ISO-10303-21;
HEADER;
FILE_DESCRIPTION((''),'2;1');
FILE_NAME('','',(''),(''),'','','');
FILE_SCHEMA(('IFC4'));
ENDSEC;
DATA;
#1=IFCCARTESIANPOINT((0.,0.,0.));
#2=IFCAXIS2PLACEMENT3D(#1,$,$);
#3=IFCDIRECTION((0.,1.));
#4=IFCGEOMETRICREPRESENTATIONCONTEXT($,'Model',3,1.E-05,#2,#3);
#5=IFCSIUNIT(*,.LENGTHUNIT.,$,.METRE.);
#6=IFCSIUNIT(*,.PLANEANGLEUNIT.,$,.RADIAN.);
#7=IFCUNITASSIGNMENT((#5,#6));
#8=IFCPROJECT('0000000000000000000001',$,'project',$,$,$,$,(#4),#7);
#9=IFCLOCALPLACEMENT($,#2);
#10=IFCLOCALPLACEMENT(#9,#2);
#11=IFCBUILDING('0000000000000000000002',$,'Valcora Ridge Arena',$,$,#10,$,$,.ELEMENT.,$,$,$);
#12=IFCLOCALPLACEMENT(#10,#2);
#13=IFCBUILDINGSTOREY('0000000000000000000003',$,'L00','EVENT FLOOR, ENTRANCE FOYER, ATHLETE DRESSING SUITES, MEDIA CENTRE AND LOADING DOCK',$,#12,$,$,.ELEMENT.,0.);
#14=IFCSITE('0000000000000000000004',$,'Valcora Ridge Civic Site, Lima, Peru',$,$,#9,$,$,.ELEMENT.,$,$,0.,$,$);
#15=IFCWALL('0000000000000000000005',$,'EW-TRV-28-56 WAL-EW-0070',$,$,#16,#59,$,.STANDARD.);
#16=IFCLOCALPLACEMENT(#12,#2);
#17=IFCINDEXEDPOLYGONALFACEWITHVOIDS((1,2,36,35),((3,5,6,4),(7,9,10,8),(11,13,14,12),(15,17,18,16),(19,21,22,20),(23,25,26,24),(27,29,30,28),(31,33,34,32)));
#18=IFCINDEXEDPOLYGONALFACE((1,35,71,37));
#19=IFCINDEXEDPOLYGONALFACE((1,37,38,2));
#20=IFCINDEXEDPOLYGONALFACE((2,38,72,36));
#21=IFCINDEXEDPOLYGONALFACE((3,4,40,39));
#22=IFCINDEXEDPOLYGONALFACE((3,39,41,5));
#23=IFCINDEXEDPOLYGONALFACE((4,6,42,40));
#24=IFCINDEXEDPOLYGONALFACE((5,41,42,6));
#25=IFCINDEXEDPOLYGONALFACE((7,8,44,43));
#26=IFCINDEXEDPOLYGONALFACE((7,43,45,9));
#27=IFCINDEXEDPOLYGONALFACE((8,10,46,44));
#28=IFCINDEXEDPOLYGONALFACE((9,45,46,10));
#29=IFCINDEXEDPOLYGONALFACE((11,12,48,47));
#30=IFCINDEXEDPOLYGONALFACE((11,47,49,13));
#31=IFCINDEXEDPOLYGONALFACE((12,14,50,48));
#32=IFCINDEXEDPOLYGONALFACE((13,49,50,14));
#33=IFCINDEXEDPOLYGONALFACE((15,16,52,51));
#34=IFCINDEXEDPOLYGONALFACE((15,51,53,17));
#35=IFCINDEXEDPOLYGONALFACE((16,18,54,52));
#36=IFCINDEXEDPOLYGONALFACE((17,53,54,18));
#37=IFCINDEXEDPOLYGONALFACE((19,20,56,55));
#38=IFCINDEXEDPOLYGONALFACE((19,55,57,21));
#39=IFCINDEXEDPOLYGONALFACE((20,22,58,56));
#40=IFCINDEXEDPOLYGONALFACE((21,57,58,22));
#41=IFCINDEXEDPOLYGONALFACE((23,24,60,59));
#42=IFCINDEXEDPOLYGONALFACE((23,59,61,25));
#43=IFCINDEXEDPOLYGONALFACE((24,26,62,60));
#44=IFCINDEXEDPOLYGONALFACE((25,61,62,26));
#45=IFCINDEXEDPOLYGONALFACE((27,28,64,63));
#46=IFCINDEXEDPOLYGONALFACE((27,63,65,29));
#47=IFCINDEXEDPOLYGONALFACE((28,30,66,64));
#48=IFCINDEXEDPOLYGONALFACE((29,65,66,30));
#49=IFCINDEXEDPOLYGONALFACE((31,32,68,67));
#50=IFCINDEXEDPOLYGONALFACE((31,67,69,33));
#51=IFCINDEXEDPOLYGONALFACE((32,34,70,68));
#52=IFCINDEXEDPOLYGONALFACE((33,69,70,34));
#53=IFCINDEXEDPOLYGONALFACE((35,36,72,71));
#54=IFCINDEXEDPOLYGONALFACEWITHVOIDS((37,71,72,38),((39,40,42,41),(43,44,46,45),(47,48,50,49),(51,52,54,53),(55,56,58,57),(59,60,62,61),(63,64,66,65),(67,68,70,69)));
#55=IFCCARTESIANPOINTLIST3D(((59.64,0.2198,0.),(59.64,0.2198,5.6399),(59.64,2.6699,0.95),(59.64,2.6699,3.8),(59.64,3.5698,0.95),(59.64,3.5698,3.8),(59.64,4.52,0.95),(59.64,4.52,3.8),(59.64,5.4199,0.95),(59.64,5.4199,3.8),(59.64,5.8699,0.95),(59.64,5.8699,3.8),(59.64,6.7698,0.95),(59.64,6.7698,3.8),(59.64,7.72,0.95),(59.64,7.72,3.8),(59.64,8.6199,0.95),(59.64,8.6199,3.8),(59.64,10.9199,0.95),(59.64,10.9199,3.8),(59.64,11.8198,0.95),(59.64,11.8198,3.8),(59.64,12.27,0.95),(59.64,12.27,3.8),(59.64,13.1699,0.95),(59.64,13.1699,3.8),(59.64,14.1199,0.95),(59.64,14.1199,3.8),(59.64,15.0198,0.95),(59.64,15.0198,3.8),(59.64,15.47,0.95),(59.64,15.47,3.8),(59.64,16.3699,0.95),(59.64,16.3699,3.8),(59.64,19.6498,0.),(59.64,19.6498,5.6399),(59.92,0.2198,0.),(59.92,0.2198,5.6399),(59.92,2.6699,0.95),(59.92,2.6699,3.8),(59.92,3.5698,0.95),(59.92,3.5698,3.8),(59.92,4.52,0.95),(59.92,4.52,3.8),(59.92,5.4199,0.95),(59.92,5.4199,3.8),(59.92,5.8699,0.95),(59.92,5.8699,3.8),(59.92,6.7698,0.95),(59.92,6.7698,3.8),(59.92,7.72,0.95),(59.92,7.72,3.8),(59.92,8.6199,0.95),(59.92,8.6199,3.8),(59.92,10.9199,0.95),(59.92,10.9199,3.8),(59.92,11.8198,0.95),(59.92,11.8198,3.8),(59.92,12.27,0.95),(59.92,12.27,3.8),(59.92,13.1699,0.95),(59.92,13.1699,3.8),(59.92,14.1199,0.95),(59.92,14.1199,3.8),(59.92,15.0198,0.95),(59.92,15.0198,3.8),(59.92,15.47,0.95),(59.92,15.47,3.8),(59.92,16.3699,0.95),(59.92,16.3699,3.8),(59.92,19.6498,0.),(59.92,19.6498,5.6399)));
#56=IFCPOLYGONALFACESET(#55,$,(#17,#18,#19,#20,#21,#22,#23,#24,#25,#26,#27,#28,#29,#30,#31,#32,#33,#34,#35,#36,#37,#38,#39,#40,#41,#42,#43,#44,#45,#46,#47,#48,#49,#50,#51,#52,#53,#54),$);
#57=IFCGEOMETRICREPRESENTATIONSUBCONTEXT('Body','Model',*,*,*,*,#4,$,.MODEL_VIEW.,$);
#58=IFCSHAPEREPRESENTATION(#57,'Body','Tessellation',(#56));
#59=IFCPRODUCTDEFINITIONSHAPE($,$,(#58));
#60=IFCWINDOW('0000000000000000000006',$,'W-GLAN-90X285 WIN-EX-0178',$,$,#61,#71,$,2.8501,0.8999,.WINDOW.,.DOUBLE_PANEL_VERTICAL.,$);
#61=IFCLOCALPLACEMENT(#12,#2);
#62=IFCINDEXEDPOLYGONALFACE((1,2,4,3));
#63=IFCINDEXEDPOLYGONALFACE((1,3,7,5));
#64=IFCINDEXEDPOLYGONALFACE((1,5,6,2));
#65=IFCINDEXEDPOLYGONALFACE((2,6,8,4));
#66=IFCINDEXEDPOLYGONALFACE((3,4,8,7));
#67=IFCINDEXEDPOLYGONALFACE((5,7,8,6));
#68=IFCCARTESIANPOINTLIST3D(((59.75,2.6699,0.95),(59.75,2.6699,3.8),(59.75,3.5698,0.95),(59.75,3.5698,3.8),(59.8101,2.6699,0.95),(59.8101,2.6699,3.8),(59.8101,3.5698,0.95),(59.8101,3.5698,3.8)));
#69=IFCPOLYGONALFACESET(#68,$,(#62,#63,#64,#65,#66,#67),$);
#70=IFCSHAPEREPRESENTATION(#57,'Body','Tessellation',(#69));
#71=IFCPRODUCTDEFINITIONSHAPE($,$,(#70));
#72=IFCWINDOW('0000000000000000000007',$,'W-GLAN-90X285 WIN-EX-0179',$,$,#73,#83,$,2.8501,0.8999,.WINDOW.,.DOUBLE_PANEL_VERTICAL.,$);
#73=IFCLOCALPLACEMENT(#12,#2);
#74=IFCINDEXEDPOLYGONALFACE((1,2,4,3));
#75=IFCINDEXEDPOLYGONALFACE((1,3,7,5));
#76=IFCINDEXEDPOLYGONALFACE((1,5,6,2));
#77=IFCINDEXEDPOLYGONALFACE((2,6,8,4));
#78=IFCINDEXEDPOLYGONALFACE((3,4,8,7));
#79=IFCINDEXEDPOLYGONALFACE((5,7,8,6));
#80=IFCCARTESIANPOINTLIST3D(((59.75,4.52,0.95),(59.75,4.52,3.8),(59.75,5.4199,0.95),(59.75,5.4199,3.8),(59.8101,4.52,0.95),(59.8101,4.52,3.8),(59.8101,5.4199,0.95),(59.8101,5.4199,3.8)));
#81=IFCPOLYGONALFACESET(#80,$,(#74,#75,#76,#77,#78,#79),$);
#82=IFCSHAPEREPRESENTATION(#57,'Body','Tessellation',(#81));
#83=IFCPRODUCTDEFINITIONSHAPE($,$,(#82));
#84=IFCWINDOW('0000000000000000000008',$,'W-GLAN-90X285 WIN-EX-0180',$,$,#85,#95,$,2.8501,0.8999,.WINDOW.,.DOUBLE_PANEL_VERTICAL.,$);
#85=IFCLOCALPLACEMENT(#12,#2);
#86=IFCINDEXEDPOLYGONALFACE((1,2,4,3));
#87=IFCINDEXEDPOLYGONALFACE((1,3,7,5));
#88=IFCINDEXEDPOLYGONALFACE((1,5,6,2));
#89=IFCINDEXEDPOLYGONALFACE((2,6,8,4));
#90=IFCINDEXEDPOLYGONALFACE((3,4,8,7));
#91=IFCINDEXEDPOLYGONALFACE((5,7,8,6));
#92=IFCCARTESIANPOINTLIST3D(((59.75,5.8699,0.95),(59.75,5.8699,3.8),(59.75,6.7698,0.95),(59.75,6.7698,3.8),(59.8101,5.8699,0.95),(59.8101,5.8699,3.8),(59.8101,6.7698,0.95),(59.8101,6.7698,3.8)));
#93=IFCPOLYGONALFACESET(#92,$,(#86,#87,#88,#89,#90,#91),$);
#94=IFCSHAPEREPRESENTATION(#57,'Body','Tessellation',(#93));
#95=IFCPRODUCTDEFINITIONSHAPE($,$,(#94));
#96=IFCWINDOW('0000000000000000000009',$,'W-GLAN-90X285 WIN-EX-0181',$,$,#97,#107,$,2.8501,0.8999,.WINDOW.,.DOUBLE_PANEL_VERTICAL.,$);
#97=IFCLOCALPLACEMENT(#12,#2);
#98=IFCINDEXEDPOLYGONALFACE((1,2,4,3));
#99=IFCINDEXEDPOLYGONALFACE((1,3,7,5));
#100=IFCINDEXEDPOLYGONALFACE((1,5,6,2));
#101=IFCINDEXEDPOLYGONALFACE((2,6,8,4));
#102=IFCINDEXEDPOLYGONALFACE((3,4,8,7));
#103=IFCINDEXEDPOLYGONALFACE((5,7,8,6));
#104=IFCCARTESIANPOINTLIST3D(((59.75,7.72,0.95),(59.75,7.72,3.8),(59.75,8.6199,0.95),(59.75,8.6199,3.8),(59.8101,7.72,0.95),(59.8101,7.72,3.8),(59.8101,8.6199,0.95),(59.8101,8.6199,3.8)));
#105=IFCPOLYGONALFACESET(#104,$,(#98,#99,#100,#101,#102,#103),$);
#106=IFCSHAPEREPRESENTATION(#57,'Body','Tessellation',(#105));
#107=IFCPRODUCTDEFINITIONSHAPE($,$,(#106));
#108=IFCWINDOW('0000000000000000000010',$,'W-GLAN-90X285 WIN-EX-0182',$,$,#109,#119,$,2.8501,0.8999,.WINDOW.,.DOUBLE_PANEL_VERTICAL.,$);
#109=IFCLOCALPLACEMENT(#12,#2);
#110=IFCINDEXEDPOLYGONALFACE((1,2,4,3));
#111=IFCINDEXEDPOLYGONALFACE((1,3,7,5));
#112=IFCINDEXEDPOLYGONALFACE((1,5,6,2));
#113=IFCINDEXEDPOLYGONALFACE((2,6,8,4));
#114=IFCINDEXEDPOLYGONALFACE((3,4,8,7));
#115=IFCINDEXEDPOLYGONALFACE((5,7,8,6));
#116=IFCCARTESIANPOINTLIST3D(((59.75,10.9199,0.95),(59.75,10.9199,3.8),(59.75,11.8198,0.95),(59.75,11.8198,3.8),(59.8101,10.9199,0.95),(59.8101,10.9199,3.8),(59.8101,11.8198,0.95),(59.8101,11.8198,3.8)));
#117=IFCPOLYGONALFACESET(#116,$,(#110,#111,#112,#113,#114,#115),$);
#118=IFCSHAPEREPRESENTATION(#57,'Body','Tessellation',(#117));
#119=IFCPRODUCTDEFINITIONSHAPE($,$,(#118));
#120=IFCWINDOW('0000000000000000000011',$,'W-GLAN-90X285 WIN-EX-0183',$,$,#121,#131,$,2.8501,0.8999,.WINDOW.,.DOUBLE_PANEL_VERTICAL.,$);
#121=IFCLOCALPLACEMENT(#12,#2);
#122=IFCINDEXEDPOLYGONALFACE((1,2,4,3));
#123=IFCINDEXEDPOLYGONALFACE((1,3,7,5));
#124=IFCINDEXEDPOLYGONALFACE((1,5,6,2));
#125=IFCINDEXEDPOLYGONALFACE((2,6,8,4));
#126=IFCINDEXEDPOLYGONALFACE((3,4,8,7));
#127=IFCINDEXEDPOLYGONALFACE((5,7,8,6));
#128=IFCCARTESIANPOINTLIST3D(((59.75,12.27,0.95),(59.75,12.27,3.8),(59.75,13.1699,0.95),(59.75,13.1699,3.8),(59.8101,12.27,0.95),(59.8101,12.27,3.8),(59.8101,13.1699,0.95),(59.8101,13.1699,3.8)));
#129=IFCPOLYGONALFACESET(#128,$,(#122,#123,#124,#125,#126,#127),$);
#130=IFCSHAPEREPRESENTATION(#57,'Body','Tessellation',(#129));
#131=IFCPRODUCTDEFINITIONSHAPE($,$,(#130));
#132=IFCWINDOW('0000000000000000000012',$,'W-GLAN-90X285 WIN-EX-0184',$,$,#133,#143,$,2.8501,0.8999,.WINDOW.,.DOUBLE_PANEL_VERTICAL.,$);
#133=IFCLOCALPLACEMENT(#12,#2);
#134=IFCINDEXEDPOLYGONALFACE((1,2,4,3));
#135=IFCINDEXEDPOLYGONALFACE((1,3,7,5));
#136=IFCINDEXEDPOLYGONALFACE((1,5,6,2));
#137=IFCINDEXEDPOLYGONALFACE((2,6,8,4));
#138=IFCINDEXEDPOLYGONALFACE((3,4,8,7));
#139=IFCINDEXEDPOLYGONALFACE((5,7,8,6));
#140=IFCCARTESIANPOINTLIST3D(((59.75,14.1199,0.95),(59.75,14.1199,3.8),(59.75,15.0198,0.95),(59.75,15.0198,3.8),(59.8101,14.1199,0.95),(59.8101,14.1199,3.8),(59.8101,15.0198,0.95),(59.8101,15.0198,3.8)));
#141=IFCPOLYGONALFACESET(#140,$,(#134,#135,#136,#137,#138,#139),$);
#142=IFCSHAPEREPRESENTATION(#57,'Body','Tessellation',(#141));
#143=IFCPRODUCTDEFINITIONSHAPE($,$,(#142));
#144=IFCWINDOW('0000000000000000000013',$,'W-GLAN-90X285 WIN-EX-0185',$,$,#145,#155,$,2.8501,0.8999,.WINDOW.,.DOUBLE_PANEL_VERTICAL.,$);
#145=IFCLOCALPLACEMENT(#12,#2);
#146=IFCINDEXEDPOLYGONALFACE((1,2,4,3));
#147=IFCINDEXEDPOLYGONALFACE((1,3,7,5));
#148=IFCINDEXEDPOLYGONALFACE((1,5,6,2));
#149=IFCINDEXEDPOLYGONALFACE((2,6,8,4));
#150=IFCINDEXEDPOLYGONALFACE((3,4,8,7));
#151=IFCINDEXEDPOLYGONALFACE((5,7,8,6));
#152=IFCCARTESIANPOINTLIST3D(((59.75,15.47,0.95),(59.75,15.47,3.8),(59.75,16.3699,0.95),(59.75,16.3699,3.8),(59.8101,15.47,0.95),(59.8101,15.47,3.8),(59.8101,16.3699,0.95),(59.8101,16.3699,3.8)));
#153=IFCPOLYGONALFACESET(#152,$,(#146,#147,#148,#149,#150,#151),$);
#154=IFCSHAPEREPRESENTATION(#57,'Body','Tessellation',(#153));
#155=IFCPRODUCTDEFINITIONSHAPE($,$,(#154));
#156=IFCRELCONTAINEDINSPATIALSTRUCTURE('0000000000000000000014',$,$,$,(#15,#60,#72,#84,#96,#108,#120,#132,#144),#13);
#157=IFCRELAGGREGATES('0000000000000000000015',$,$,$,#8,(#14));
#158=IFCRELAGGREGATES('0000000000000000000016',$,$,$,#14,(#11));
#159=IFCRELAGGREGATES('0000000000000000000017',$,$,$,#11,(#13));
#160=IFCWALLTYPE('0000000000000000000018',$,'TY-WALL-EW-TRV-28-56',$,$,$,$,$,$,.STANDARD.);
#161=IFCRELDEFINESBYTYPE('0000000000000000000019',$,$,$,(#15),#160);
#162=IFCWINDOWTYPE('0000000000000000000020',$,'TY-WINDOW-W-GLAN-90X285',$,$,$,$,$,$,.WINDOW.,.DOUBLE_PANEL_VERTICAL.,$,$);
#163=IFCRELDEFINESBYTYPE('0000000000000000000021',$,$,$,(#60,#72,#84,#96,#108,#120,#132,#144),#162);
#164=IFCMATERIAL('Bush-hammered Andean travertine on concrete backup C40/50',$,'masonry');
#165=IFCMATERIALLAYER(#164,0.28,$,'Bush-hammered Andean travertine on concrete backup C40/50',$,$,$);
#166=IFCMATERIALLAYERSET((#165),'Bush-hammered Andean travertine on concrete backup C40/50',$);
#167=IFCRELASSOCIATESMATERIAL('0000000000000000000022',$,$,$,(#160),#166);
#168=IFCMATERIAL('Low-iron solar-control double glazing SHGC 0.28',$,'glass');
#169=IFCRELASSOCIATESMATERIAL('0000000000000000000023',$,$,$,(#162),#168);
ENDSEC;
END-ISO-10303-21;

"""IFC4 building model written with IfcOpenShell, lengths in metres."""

from ifc_helpers import new_model, si_unit, direction, frame, frame_2d, origin, place, context, subcontext, project, spatial, rectangle, extrude, material, layer, layer_set, type_object, element, fill, save


model = new_model("IFC4")

# Units and contexts
model_context = context("Model", 3, precision=1e-05, world=origin(), true_north=direction((0.0, 1.0)))
body_context = subcontext(model_context, "Body", "Model", "MODEL_VIEW")
ifc_project = project(units=[si_unit("LENGTHUNIT", "METRE"), si_unit("PLANEANGLEUNIT", "RADIAN")], contexts=[model_context])

# Site, building, storey
site_placement = place(None, origin())
site = spatial("IfcSite", under=ifc_project, at=site_placement, Name="Valcora Ridge Civic Site, Lima, Peru", CompositionType="ELEMENT", RefElevation=0.0)
building_placement = place(site_placement, origin())
building = spatial("IfcBuilding", under=site, at=building_placement, Name="Valcora Ridge Arena", CompositionType="ELEMENT")
storey_placement = place(building_placement, origin())
storey = spatial("IfcBuildingStorey", under=building, at=storey_placement, Name="L00", Description="EVENT FLOOR, ENTRANCE FOYER, ATHLETE DRESSING SUITES, MEDIA CENTRE AND LOADING DOCK", CompositionType="ELEMENT", Elevation=0.0)

# Wall, openings, windows
ifc_material_1 = material(Name="Bush-hammered Andean travertine on concrete backup C40/50", Category="masonry")
ifc_layer_1 = layer(ifc_material_1, 0.28, Name="Bush-hammered Andean travertine on concrete backup C40/50")
ifc_layer_set_1 = layer_set([ifc_layer_1], Name="Bush-hammered Andean travertine on concrete backup C40/50")
wall_type_1 = type_object("IfcWallType", Name="TY-WALL-EW-TRV-28-56", PredefinedType="STANDARD", material=ifc_layer_set_1)
wall_1_placement = place(storey_placement, frame((59.78, 0.22, 0.0), z_axis=(0.0, 0.0, 1.0), x_axis=(0.0, 1.0, 0.0)))
wall_1 = element("IfcWall", 1, at=wall_1_placement, inside=storey, type_object=wall_type_1, Name="EW-TRV-28-56 WAL-EW-0070", PredefinedType="STANDARD", context=body_context, shape_type="SweptSolid", body=[
    extrude(rectangle(XDim=19.4299, YDim=0.28, at=frame_2d((9.7148, 0.0))), origin(), (0.0, 0.0, 1.0), 5.6399),
])
opening_1_placement = place(wall_1_placement, frame((2.45, 0.0, 0.95)))
opening_1 = element("IfcOpeningElement", 2, at=opening_1_placement, cuts=wall_1, PredefinedType="OPENING", context=body_context, shape_type="SweptSolid", body=[
    extrude(rectangle(XDim=0.8999, YDim=2.8501, at=frame_2d((0.45, 1.425))), frame((0.0, 0.1499, 0.0), z_axis=(0.0, -1.0, 0.0), x_axis=(1.0, 0.0, 0.0)), (0.0, 0.0, 1.0), 0.3),
])
opening_2_placement = place(wall_1_placement, frame((4.3, 0.0, 0.95)))
opening_2 = element("IfcOpeningElement", 3, at=opening_2_placement, cuts=wall_1, PredefinedType="OPENING", context=body_context, shape_type="SweptSolid", body=[
    extrude(rectangle(XDim=0.8999, YDim=2.8501, at=frame_2d((0.45, 1.425))), frame((0.0, 0.1499, 0.0), z_axis=(0.0, -1.0, 0.0), x_axis=(1.0, 0.0, 0.0)), (0.0, 0.0, 1.0), 0.3),
])
opening_3_placement = place(wall_1_placement, frame((5.6499, 0.0, 0.95)))
opening_3 = element("IfcOpeningElement", 4, at=opening_3_placement, cuts=wall_1, PredefinedType="OPENING", context=body_context, shape_type="SweptSolid", body=[
    extrude(rectangle(XDim=0.8999, YDim=2.8501, at=frame_2d((0.45, 1.425))), frame((0.0, 0.1499, 0.0), z_axis=(0.0, -1.0, 0.0), x_axis=(1.0, 0.0, 0.0)), (0.0, 0.0, 1.0), 0.3),
])
opening_4_placement = place(wall_1_placement, frame((7.5, 0.0, 0.95)))
opening_4 = element("IfcOpeningElement", 5, at=opening_4_placement, cuts=wall_1, PredefinedType="OPENING", context=body_context, shape_type="SweptSolid", body=[
    extrude(rectangle(XDim=0.8999, YDim=2.8501, at=frame_2d((0.45, 1.425))), frame((0.0, 0.1499, 0.0), z_axis=(0.0, -1.0, 0.0), x_axis=(1.0, 0.0, 0.0)), (0.0, 0.0, 1.0), 0.3),
])
opening_5_placement = place(wall_1_placement, frame((10.7, 0.0, 0.95)))
opening_5 = element("IfcOpeningElement", 6, at=opening_5_placement, cuts=wall_1, PredefinedType="OPENING", context=body_context, shape_type="SweptSolid", body=[
    extrude(rectangle(XDim=0.8999, YDim=2.8501, at=frame_2d((0.45, 1.425))), frame((0.0, 0.1499, 0.0), z_axis=(0.0, -1.0, 0.0), x_axis=(1.0, 0.0, 0.0)), (0.0, 0.0, 1.0), 0.3),
])
opening_6_placement = place(wall_1_placement, frame((12.05, 0.0, 0.95)))
opening_6 = element("IfcOpeningElement", 7, at=opening_6_placement, cuts=wall_1, PredefinedType="OPENING", context=body_context, shape_type="SweptSolid", body=[
    extrude(rectangle(XDim=0.8999, YDim=2.8501, at=frame_2d((0.45, 1.425))), frame((0.0, 0.1499, 0.0), z_axis=(0.0, -1.0, 0.0), x_axis=(1.0, 0.0, 0.0)), (0.0, 0.0, 1.0), 0.3),
])
opening_7_placement = place(wall_1_placement, frame((13.8999, 0.0, 0.95)))
opening_7 = element("IfcOpeningElement", 8, at=opening_7_placement, cuts=wall_1, PredefinedType="OPENING", context=body_context, shape_type="SweptSolid", body=[
    extrude(rectangle(XDim=0.8999, YDim=2.8501, at=frame_2d((0.45, 1.425))), frame((0.0, 0.1499, 0.0), z_axis=(0.0, -1.0, 0.0), x_axis=(1.0, 0.0, 0.0)), (0.0, 0.0, 1.0), 0.3),
])
opening_8_placement = place(wall_1_placement, frame((15.25, 0.0, 0.95)))
opening_8 = element("IfcOpeningElement", 9, at=opening_8_placement, cuts=wall_1, PredefinedType="OPENING", context=body_context, shape_type="SweptSolid", body=[
    extrude(rectangle(XDim=0.8999, YDim=2.8501, at=frame_2d((0.45, 1.425))), frame((0.0, 0.1499, 0.0), z_axis=(0.0, -1.0, 0.0), x_axis=(1.0, 0.0, 0.0)), (0.0, 0.0, 1.0), 0.3),
])
ifc_material_2 = material(Name="Low-iron solar-control double glazing SHGC 0.28", Category="glass")
window_type = type_object("IfcWindowType", Name="TY-WINDOW-W-GLAN-90X285", PartitioningType="DOUBLE_PANEL_VERTICAL", PredefinedType="WINDOW", material=ifc_material_2)
window_1_placement = place(opening_1_placement, origin())
window_1 = element("IfcWindow", 10, at=window_1_placement, inside=storey, type_object=window_type, Name="W-GLAN-90X285 WIN-EX-0178", OverallHeight=2.8501, OverallWidth=0.8999, PartitioningType="DOUBLE_PANEL_VERTICAL", PredefinedType="WINDOW", context=body_context, shape_type="SweptSolid", body=[
    extrude(rectangle(XDim=0.8999, YDim=2.8501, at=frame_2d((0.45, 1.425))), frame((0.0, 0.03, 0.0), z_axis=(0.0, -1.0, 0.0), x_axis=(1.0, 0.0, 0.0)), (0.0, 0.0, 1.0), 0.0601),
])
fill(opening_1, window_1)
window_2_placement = place(opening_2_placement, origin())
window_2 = element("IfcWindow", 11, at=window_2_placement, inside=storey, type_object=window_type, Name="W-GLAN-90X285 WIN-EX-0179", OverallHeight=2.8501, OverallWidth=0.8999, PartitioningType="DOUBLE_PANEL_VERTICAL", PredefinedType="WINDOW", context=body_context, shape_type="SweptSolid", body=[
    extrude(rectangle(XDim=0.8999, YDim=2.8501, at=frame_2d((0.45, 1.425))), frame((0.0, 0.03, 0.0), z_axis=(0.0, -1.0, 0.0), x_axis=(1.0, 0.0, 0.0)), (0.0, 0.0, 1.0), 0.0601),
])
fill(opening_2, window_2)
window_3_placement = place(opening_3_placement, origin())
window_3 = element("IfcWindow", 12, at=window_3_placement, inside=storey, type_object=window_type, Name="W-GLAN-90X285 WIN-EX-0180", OverallHeight=2.8501, OverallWidth=0.8999, PartitioningType="DOUBLE_PANEL_VERTICAL", PredefinedType="WINDOW", context=body_context, shape_type="SweptSolid", body=[
    extrude(rectangle(XDim=0.8999, YDim=2.8501, at=frame_2d((0.45, 1.425))), frame((0.0, 0.03, 0.0), z_axis=(0.0, -1.0, 0.0), x_axis=(1.0, 0.0, 0.0)), (0.0, 0.0, 1.0), 0.0601),
])
fill(opening_3, window_3)
window_4_placement = place(opening_4_placement, origin())
window_4 = element("IfcWindow", 13, at=window_4_placement, inside=storey, type_object=window_type, Name="W-GLAN-90X285 WIN-EX-0181", OverallHeight=2.8501, OverallWidth=0.8999, PartitioningType="DOUBLE_PANEL_VERTICAL", PredefinedType="WINDOW", context=body_context, shape_type="SweptSolid", body=[
    extrude(rectangle(XDim=0.8999, YDim=2.8501, at=frame_2d((0.45, 1.425))), frame((0.0, 0.03, 0.0), z_axis=(0.0, -1.0, 0.0), x_axis=(1.0, 0.0, 0.0)), (0.0, 0.0, 1.0), 0.0601),
])
fill(opening_4, window_4)
window_5_placement = place(opening_5_placement, origin())
window_5 = element("IfcWindow", 14, at=window_5_placement, inside=storey, type_object=window_type, Name="W-GLAN-90X285 WIN-EX-0182", OverallHeight=2.8501, OverallWidth=0.8999, PartitioningType="DOUBLE_PANEL_VERTICAL", PredefinedType="WINDOW", context=body_context, shape_type="SweptSolid", body=[
    extrude(rectangle(XDim=0.8999, YDim=2.8501, at=frame_2d((0.45, 1.425))), frame((0.0, 0.03, 0.0), z_axis=(0.0, -1.0, 0.0), x_axis=(1.0, 0.0, 0.0)), (0.0, 0.0, 1.0), 0.0601),
])
fill(opening_5, window_5)
window_6_placement = place(opening_6_placement, origin())
window_6 = element("IfcWindow", 15, at=window_6_placement, inside=storey, type_object=window_type, Name="W-GLAN-90X285 WIN-EX-0183", OverallHeight=2.8501, OverallWidth=0.8999, PartitioningType="DOUBLE_PANEL_VERTICAL", PredefinedType="WINDOW", context=body_context, shape_type="SweptSolid", body=[
    extrude(rectangle(XDim=0.8999, YDim=2.8501, at=frame_2d((0.45, 1.425))), frame((0.0, 0.03, 0.0), z_axis=(0.0, -1.0, 0.0), x_axis=(1.0, 0.0, 0.0)), (0.0, 0.0, 1.0), 0.0601),
])
fill(opening_6, window_6)
window_7_placement = place(opening_7_placement, origin())
window_7 = element("IfcWindow", 16, at=window_7_placement, inside=storey, type_object=window_type, Name="W-GLAN-90X285 WIN-EX-0184", OverallHeight=2.8501, OverallWidth=0.8999, PartitioningType="DOUBLE_PANEL_VERTICAL", PredefinedType="WINDOW", context=body_context, shape_type="SweptSolid", body=[
    extrude(rectangle(XDim=0.8999, YDim=2.8501, at=frame_2d((0.45, 1.425))), frame((0.0, 0.03, 0.0), z_axis=(0.0, -1.0, 0.0), x_axis=(1.0, 0.0, 0.0)), (0.0, 0.0, 1.0), 0.0601),
])
fill(opening_7, window_7)
window_8_placement = place(opening_8_placement, origin())
window_8 = element("IfcWindow", 17, at=window_8_placement, inside=storey, type_object=window_type, Name="W-GLAN-90X285 WIN-EX-0185", OverallHeight=2.8501, OverallWidth=0.8999, PartitioningType="DOUBLE_PANEL_VERTICAL", PredefinedType="WINDOW", context=body_context, shape_type="SweptSolid", body=[
    extrude(rectangle(XDim=0.8999, YDim=2.8501, at=frame_2d((0.45, 1.425))), frame((0.0, 0.03, 0.0), z_axis=(0.0, -1.0, 0.0), x_axis=(1.0, 0.0, 0.0)), (0.0, 0.0, 1.0), 0.0601),
])
fill(opening_8, window_8)

save(model, "model.ifc")
